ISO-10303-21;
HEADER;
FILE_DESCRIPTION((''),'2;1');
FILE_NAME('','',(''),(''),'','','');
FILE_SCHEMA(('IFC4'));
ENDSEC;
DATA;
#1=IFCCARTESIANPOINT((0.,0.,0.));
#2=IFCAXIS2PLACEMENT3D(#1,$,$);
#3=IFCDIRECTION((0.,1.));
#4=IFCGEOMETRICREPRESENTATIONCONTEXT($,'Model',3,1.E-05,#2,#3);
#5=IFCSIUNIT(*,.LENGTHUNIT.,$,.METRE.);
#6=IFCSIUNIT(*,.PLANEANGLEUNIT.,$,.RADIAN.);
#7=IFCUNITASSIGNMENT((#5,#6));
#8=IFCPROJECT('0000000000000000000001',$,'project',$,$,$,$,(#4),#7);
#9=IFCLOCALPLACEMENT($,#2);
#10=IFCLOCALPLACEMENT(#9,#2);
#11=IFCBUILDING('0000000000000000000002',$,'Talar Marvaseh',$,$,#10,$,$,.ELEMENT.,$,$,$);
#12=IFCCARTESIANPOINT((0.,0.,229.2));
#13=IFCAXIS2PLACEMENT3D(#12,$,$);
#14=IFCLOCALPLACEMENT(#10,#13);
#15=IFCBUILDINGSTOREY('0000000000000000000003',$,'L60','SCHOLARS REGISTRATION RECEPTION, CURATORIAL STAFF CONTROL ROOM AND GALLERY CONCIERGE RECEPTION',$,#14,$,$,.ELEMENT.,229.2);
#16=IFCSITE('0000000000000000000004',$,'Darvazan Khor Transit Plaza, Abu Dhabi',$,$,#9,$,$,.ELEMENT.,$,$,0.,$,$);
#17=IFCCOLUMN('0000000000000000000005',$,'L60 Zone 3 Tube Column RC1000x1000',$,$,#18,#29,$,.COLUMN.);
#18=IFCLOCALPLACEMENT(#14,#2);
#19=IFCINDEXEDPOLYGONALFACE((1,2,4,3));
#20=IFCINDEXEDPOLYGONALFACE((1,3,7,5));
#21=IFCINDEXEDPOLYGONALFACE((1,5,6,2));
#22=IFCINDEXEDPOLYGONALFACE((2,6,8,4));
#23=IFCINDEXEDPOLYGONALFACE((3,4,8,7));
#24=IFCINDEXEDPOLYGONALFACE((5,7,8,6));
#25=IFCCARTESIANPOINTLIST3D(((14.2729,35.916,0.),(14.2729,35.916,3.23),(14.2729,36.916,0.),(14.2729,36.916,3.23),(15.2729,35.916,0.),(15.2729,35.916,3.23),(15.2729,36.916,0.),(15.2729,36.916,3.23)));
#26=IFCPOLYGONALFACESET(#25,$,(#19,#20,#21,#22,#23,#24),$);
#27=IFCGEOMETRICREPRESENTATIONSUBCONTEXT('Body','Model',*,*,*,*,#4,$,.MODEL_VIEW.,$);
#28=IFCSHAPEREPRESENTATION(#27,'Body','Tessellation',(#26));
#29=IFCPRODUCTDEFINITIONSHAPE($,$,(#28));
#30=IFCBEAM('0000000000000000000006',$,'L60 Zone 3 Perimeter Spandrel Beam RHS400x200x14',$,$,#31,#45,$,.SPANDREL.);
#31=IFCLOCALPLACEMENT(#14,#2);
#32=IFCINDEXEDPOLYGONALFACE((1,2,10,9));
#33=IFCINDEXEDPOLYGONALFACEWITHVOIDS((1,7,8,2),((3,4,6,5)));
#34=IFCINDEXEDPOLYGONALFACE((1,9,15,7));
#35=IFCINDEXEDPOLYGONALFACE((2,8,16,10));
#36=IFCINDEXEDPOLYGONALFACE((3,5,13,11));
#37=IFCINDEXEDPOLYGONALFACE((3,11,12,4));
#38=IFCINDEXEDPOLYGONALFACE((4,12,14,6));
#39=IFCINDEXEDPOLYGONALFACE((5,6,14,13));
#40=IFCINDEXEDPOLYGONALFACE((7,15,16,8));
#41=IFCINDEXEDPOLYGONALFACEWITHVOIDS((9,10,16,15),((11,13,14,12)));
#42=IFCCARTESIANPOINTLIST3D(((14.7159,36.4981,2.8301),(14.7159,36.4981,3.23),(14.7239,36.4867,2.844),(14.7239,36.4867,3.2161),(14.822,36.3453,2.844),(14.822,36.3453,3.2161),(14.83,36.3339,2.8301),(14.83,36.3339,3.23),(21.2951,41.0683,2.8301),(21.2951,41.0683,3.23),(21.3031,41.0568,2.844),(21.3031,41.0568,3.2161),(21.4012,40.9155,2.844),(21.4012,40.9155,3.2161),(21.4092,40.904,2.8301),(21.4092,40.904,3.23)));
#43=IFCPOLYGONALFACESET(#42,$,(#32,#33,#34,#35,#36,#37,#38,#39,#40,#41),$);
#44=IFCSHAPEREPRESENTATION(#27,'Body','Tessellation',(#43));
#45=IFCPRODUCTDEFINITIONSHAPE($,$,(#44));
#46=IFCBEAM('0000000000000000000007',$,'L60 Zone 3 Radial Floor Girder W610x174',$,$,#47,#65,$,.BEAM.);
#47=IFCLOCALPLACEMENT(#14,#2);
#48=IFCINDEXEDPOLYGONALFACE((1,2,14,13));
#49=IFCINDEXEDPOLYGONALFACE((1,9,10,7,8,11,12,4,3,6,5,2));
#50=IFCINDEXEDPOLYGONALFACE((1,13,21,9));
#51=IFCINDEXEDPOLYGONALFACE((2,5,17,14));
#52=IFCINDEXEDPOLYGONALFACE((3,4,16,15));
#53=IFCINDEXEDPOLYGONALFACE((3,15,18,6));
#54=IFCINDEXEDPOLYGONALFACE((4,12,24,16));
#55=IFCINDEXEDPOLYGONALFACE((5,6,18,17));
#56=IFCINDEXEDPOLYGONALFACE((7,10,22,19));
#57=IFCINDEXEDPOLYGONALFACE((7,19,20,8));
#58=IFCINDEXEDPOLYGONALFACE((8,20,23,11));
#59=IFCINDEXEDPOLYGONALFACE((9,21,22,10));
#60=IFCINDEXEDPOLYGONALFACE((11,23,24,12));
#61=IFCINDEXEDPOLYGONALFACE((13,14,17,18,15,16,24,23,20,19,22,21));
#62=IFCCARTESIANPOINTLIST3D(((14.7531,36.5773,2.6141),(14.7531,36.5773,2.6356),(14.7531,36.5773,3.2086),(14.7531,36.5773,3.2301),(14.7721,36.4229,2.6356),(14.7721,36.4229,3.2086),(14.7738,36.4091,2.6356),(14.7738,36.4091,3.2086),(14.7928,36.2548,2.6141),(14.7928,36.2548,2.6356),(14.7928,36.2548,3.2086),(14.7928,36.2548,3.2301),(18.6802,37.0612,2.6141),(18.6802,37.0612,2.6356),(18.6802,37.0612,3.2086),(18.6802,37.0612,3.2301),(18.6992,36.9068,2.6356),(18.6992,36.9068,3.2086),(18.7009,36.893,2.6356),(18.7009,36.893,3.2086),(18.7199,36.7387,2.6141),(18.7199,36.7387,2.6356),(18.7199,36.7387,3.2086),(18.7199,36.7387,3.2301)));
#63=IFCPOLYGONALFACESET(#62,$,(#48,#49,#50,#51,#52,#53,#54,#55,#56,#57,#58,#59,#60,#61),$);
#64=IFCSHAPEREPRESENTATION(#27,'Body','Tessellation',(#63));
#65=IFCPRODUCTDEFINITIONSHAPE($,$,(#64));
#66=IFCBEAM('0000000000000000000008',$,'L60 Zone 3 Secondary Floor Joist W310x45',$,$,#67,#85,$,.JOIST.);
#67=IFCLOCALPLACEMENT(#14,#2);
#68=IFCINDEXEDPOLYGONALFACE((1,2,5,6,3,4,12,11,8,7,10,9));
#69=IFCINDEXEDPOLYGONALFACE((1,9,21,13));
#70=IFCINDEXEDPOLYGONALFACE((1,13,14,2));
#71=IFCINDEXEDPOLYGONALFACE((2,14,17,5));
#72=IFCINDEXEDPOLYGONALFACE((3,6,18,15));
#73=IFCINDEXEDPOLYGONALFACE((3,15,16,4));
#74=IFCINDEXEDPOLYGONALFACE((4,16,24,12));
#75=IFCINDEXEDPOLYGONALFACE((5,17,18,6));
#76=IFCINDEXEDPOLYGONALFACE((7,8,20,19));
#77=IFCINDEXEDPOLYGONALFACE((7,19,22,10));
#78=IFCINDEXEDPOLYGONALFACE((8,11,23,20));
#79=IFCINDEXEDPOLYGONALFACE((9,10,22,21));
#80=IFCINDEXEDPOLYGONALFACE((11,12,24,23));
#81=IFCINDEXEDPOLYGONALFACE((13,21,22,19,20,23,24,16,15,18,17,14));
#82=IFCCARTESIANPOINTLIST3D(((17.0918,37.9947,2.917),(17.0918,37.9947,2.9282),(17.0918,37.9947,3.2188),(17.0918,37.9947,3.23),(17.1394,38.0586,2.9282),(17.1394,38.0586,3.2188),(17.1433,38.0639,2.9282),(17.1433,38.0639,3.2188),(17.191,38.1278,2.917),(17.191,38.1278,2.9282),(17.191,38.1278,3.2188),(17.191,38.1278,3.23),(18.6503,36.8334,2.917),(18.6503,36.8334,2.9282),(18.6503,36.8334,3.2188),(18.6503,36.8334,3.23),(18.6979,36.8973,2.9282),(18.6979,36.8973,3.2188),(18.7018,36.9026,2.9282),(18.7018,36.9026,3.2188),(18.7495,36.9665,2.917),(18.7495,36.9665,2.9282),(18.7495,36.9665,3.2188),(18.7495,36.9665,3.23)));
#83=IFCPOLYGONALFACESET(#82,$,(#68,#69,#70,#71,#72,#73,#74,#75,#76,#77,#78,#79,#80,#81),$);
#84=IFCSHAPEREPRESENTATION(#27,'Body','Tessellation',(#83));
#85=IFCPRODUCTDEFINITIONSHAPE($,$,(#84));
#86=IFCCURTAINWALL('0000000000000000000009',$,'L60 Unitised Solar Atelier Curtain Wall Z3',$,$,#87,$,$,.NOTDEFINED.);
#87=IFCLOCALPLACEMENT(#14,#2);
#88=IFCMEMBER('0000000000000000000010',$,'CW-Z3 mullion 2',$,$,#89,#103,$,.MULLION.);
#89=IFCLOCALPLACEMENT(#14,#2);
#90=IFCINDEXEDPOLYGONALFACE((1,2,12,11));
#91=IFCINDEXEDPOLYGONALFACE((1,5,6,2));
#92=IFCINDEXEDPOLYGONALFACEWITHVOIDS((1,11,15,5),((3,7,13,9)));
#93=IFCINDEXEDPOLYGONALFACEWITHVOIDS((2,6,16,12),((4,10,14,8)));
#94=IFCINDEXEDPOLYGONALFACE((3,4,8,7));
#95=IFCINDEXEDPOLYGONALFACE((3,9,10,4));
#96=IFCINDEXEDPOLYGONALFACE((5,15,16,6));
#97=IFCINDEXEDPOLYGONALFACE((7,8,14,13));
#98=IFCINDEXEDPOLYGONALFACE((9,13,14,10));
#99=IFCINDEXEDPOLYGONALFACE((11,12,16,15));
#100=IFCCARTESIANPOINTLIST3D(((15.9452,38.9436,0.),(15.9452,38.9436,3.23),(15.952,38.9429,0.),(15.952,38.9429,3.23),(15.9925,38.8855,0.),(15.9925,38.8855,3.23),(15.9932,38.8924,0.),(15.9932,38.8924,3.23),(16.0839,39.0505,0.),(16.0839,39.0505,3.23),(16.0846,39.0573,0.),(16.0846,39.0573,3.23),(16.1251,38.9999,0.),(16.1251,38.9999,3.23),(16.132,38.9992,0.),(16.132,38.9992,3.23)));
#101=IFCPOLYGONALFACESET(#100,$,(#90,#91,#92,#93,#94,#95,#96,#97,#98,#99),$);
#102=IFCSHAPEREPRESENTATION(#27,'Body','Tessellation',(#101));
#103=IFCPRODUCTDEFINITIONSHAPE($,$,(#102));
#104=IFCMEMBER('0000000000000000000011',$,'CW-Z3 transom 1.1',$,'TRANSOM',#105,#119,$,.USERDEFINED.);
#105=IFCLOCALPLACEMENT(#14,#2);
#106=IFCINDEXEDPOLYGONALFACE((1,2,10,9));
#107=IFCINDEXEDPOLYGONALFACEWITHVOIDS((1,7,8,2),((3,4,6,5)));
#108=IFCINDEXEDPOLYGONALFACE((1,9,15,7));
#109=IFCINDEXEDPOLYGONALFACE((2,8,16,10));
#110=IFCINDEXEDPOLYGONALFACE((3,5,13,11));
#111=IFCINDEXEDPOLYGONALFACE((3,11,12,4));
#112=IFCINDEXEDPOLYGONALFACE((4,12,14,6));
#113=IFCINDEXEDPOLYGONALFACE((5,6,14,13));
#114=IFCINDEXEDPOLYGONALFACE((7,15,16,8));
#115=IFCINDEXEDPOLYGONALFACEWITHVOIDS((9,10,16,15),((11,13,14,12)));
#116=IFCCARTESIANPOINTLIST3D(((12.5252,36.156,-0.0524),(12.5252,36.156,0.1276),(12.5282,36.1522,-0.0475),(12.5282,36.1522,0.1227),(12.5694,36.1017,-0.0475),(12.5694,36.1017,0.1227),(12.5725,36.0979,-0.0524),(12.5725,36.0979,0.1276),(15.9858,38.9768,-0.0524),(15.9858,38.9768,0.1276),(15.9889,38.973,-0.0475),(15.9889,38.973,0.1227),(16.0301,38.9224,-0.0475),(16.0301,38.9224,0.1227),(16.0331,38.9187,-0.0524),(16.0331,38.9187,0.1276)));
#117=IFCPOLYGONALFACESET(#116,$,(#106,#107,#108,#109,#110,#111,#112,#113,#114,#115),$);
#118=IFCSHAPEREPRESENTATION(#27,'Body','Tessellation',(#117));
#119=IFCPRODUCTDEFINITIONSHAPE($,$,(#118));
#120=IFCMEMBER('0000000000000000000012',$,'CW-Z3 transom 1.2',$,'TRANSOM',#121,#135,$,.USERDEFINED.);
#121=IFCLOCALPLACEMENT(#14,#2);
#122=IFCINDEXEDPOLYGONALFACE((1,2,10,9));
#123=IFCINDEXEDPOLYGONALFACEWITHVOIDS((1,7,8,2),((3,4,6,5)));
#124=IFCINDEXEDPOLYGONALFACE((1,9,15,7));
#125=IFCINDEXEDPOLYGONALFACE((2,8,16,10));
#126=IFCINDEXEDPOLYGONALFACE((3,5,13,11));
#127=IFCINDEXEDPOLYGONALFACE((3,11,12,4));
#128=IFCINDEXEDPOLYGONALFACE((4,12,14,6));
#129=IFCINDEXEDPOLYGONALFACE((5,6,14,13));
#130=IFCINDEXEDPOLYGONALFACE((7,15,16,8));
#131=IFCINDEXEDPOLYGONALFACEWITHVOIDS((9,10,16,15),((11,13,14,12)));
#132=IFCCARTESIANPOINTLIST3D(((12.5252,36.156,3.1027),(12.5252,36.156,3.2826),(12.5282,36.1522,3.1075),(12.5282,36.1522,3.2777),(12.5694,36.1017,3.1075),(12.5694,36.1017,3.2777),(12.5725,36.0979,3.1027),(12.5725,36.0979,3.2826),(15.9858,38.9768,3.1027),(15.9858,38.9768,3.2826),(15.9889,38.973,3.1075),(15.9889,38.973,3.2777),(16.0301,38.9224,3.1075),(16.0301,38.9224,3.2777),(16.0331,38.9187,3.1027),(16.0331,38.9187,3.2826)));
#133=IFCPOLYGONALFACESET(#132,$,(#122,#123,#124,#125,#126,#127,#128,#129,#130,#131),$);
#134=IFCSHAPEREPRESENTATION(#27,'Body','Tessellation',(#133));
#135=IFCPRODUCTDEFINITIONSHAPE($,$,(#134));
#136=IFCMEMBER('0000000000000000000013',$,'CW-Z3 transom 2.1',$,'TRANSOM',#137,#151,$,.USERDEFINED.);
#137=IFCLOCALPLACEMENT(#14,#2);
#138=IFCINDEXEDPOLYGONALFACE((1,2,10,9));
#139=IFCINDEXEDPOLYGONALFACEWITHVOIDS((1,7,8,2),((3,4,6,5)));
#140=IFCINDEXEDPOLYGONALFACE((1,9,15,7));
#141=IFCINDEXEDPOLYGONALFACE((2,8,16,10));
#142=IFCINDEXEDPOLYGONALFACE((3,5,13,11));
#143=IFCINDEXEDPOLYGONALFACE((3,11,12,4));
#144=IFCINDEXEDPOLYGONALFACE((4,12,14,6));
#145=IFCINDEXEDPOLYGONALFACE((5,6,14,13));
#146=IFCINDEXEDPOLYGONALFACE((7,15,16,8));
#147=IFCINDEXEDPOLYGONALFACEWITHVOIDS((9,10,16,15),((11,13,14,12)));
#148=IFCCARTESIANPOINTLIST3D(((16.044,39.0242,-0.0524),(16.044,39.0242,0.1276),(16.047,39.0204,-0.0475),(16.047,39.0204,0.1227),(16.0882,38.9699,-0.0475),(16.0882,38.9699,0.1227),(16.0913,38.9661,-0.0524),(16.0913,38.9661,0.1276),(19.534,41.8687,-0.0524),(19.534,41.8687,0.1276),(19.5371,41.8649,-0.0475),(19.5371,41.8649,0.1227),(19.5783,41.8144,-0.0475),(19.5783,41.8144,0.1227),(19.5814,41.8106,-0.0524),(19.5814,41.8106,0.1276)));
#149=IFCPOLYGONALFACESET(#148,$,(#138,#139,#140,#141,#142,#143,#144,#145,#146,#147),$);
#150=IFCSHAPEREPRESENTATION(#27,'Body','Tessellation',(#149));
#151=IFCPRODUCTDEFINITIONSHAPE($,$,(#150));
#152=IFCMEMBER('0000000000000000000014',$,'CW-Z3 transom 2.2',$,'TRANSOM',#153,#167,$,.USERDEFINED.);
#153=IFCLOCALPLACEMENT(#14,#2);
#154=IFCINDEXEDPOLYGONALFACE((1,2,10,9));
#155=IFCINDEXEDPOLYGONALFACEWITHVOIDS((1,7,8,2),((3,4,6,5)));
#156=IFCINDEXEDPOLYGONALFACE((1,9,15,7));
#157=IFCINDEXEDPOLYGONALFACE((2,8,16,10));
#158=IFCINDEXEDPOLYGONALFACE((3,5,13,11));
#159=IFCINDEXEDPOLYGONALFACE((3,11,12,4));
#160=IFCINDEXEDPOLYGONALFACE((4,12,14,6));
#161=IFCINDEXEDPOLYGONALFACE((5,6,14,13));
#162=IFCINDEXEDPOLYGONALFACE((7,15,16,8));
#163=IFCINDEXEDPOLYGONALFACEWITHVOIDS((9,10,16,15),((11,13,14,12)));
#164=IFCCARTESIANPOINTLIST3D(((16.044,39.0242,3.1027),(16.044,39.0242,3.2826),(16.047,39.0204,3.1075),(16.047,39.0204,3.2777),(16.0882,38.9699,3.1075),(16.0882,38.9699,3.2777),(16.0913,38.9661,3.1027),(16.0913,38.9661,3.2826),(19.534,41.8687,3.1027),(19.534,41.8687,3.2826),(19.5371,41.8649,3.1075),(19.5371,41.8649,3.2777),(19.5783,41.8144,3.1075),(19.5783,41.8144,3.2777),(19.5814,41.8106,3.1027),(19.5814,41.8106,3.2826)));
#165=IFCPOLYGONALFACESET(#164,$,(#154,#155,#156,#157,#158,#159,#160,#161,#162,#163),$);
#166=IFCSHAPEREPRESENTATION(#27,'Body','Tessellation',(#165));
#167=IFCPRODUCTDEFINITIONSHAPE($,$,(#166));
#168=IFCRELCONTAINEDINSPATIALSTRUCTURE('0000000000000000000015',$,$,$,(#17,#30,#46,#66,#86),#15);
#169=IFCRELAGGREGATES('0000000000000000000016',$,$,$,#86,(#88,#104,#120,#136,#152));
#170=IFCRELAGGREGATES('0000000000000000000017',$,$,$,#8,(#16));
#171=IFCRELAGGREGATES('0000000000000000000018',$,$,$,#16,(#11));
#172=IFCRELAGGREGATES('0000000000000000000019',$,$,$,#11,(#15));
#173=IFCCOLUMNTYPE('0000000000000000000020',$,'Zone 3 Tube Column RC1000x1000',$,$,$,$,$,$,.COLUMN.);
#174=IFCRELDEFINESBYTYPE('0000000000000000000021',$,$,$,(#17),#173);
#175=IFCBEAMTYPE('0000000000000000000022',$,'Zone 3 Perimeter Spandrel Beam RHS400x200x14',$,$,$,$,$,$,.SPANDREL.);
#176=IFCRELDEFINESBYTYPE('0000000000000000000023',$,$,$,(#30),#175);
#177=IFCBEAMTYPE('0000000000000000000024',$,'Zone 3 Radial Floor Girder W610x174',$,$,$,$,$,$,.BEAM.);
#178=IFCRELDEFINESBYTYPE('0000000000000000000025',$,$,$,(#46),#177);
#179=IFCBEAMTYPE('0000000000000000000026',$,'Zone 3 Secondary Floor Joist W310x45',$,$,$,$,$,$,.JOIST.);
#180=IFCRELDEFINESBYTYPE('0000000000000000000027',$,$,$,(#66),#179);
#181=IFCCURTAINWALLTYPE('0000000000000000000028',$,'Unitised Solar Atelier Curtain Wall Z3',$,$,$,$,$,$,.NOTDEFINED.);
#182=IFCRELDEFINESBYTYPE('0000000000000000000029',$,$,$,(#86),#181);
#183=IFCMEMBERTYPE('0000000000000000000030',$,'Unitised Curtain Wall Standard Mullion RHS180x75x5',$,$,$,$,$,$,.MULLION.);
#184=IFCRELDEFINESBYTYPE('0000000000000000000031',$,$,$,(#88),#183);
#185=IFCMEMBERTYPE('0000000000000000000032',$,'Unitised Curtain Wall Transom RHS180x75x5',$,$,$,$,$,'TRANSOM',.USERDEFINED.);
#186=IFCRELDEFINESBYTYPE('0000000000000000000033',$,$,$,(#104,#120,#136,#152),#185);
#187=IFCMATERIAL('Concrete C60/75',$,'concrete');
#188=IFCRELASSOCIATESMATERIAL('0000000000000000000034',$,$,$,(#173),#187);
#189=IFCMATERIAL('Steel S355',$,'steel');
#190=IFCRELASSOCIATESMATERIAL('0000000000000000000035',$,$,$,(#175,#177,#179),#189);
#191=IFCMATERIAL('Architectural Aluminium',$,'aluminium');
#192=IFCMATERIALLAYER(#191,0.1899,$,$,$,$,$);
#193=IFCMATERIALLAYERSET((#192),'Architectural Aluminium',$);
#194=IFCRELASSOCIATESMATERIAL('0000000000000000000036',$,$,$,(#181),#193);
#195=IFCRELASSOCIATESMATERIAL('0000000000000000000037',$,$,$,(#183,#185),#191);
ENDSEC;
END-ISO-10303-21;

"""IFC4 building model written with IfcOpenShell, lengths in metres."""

from ifc_helpers import new_model, si_unit, direction, frame, origin, origin_2d, place, context, subcontext, project, spatial, rectangle, hollow_rectangle, i_section, extrude, source, transform, mapped, material, layer, layer_set, material_profile, profile_set, type_object, type_shapes, element, aggregate, save


model = new_model("IFC4")

# Units and contexts
model_context = context("Model", 3, precision=1e-05, world=origin(), true_north=direction((0.0, 1.0)))
body_context = subcontext(model_context, "Body", "Model", "MODEL_VIEW")
ifc_project = project(units=[si_unit("LENGTHUNIT", "METRE"), si_unit("PLANEANGLEUNIT", "RADIAN")], contexts=[model_context])

# Site, building, storey
site_placement = place(None, origin())
site = spatial("IfcSite", under=ifc_project, at=site_placement, Name="Darvazan Khor Transit Plaza, Abu Dhabi", CompositionType="ELEMENT", RefElevation=0.0)
building_placement = place(site_placement, origin())
building = spatial("IfcBuilding", under=site, at=building_placement, Name="Talar Marvaseh", CompositionType="ELEMENT")
storey_placement = place(building_placement, frame((0.0, 0.0, 229.2)))
storey = spatial("IfcBuildingStorey", under=building, at=storey_placement, Name="L60", Description="SCHOLARS REGISTRATION RECEPTION, CURATORIAL STAFF CONTROL ROOM AND GALLERY CONCIERGE RECEPTION", CompositionType="ELEMENT", Elevation=229.2)

# Column
ifc_material_1 = material(Name="Concrete C60/75", Category="concrete")
ifc_material_profile_1 = material_profile(ifc_material_1, rectangle(XDim=1.0, YDim=1.0, at=origin_2d()), Name="RC1000x1000")
ifc_profile_set_1 = profile_set([ifc_material_profile_1], Name="Concrete C60/75")
column_type = type_object("IfcColumnType", Name="Zone 3 Tube Column RC1000x1000", PredefinedType="COLUMN", material=ifc_profile_set_1)
column_placement = place(storey_placement, frame((14.7729, 36.416, 0.0), z_axis=(0.0, 0.0, 1.0), x_axis=(1.0, 0.0, 0.0)))
element("IfcColumn", 1, at=column_placement, inside=storey, type_object=column_type, Name="L60 Zone 3 Tube Column RC1000x1000", PredefinedType="COLUMN", context=body_context, shape_type="SweptSolid", body=[
    extrude(rectangle(XDim=1.0, YDim=1.0, at=origin_2d()), origin(), (0.0, 0.0, 1.0), 3.23),
])

# Beams
ifc_material_2 = material(Name="Steel S355", Category="steel")
ifc_material_profile_2 = material_profile(ifc_material_2, hollow_rectangle(XDim=0.2, YDim=0.3999, WallThickness=0.0139, at=origin_2d()), Name="RHS400x200x14")
ifc_profile_set_2 = profile_set([ifc_material_profile_2], Name="Steel S355")
beam_type_1 = type_object("IfcBeamType", Name="Zone 3 Perimeter Spandrel Beam RHS400x200x14", PredefinedType="SPANDREL", material=ifc_profile_set_2)
beam_1_placement = place(storey_placement, frame((14.7729, 36.416, 3.03), z_axis=(0.821297, 0.570501, 0.0), x_axis=(-0.570501, 0.821297, 0.0)))
element("IfcBeam", 2, at=beam_1_placement, inside=storey, type_object=beam_type_1, Name="L60 Zone 3 Perimeter Spandrel Beam RHS400x200x14", PredefinedType="SPANDREL", context=body_context, shape_type="SweptSolid", body=[
    extrude(hollow_rectangle(XDim=0.2, YDim=0.3999, WallThickness=0.0139, at=origin_2d()), origin(), (0.0, 0.0, 1.0), 8.0107),
])
ifc_material_profile_3 = material_profile(ifc_material_2, i_section(OverallWidth=0.325, OverallDepth=0.616, WebThickness=0.0139, FlangeThickness=0.0215, at=origin_2d()), Name="W610x174")
ifc_profile_set_3 = profile_set([ifc_material_profile_3], Name="Steel S355")
beam_type_2 = type_object("IfcBeamType", Name="Zone 3 Radial Floor Girder W610x174", PredefinedType="BEAM", material=ifc_profile_set_3)
beam_2_placement = place(storey_placement, frame((14.7729, 36.416, 2.9221), z_axis=(0.992494, 0.122295, 0.0), x_axis=(-0.122295, 0.992494, 0.0)))
element("IfcBeam", 3, at=beam_2_placement, inside=storey, type_object=beam_type_2, Name="L60 Zone 3 Radial Floor Girder W610x174", PredefinedType="BEAM", context=body_context, shape_type="SweptSolid", body=[
    extrude(i_section(OverallWidth=0.325, OverallDepth=0.616, WebThickness=0.0139, FlangeThickness=0.0215, at=origin_2d()), origin(), (0.0, 0.0, 1.0), 3.9568),
])
ifc_material_profile_4 = material_profile(ifc_material_2, i_section(OverallWidth=0.166, OverallDepth=0.313, WebThickness=0.0066, FlangeThickness=0.0112, at=origin_2d()), Name="W310x45")
ifc_profile_set_4 = profile_set([ifc_material_profile_4], Name="Steel S355")
beam_type_3 = type_object("IfcBeamType", Name="Zone 3 Secondary Floor Joist W310x45", PredefinedType="JOIST", material=ifc_profile_set_4)
beam_3_placement = place(storey_placement, frame((17.1414, 38.0613, 3.0735), z_axis=(0.801865, -0.597505, 0.0), x_axis=(0.597505, 0.801865, 0.0)))
element("IfcBeam", 4, at=beam_3_placement, inside=storey, type_object=beam_type_3, Name="L60 Zone 3 Secondary Floor Joist W310x45", PredefinedType="JOIST", context=body_context, shape_type="SweptSolid", body=[
    extrude(i_section(OverallWidth=0.166, OverallDepth=0.313, WebThickness=0.0066, FlangeThickness=0.0112, at=origin_2d()), origin(), (0.0, 0.0, 1.0), 1.9436),
])

# Curtain wall, members
ifc_material_3 = material(Name="Architectural Aluminium", Category="aluminium")
ifc_layer_1 = layer(ifc_material_3, 0.1899)
ifc_layer_set_1 = layer_set([ifc_layer_1], Name="Architectural Aluminium")
curtain_wall_type = type_object("IfcCurtainWallType", Name="Unitised Solar Atelier Curtain Wall Z3", PredefinedType="NOTDEFINED", material=ifc_layer_set_1)
curtain_wall_placement = place(storey_placement, origin())
curtain_wall = element("IfcCurtainWall", 5, at=curtain_wall_placement, inside=storey, type_object=curtain_wall_type, Name="L60 Unitised Solar Atelier Curtain Wall Z3", PredefinedType="NOTDEFINED")
ifc_material_profile_5 = material_profile(ifc_material_3, hollow_rectangle(XDim=0.075, YDim=0.1799, WallThickness=0.0049, at=origin_2d()), Name="RHS180x75x5")
ifc_profile_set_5 = profile_set([ifc_material_profile_5], Name="Architectural Aluminium")
member_type_1 = type_object("IfcMemberType", Name="Unitised Curtain Wall Standard Mullion RHS180x75x5", PredefinedType="MULLION", material=ifc_profile_set_5)
shared_shape_1 = source(origin(), body_context, "Body", "SweptSolid", [
    extrude(hollow_rectangle(XDim=0.075, YDim=0.1799, WallThickness=0.0049, at=origin_2d()), origin(), (0.0, 0.0, 1.0), 3.23),
])
type_shapes(member_type_1, [shared_shape_1])
member_1_placement = place(storey_placement, frame((16.0386, 38.9714, 0.0), z_axis=(0.0, 0.0, 1.0), x_axis=(-0.631784, 0.775145, 0.0)))
member_1 = element("IfcMember", 6, at=member_1_placement, type_object=member_type_1, Name="CW-Z3 mullion 2", PredefinedType="MULLION", context=body_context, shape_type="MappedRepresentation", body=[
    mapped(shared_shape_1, transform((0.0, 0.0, 0.0), x_axis=(1.0, 0.0, 0.0), y_axis=(0.0, 1.0, 0.0), z_axis=(0.0, 0.0, 1.0), scale=1.0)),
])
ifc_material_profile_6 = material_profile(ifc_material_3, hollow_rectangle(XDim=0.075, YDim=0.1799, WallThickness=0.0049, at=origin_2d()), Name="RHS180x75x5")
ifc_profile_set_6 = profile_set([ifc_material_profile_6], Name="Architectural Aluminium")
member_type_2 = type_object("IfcMemberType", Name="Unitised Curtain Wall Transom RHS180x75x5", ElementType="TRANSOM", PredefinedType="USERDEFINED", material=ifc_profile_set_6)
shared_shape_2 = source(origin(), body_context, "Body", "SweptSolid", [
    extrude(hollow_rectangle(XDim=0.075, YDim=0.1799, WallThickness=0.0049, at=origin_2d()), origin(), (0.0, 0.0, 1.0), 4.4646),
])
member_2_placement = place(storey_placement, frame((12.5488, 36.127, 0.0376), z_axis=(0.775128, 0.631804, 0.0), x_axis=(-0.631804, 0.775128, 0.0)))
member_2 = element("IfcMember", 7, at=member_2_placement, type_object=member_type_2, Name="CW-Z3 transom 1.1", ObjectType="TRANSOM", PredefinedType="USERDEFINED", context=body_context, shape_type="MappedRepresentation", body=[
    mapped(shared_shape_2, transform((0.0, 0.0, 0.0), x_axis=(1.0, 0.0, 0.0), y_axis=(0.0, 1.0, 0.0), z_axis=(0.0, 0.0, 1.0), scale=1.0)),
])
member_3_placement = place(storey_placement, frame((12.5488, 36.127, 3.1926), z_axis=(0.775128, 0.631804, 0.0), x_axis=(-0.631804, 0.775128, 0.0)))
member_3 = element("IfcMember", 8, at=member_3_placement, type_object=member_type_2, Name="CW-Z3 transom 1.2", ObjectType="TRANSOM", PredefinedType="USERDEFINED", context=body_context, shape_type="MappedRepresentation", body=[
    mapped(shared_shape_2, transform((0.0, 0.0, 0.0), x_axis=(1.0, 0.0, 0.0), y_axis=(0.0, 1.0, 0.0), z_axis=(0.0, 0.0, 1.0), scale=1.0)),
])
shared_shape_3 = source(origin(), body_context, "Body", "SweptSolid", [
    extrude(hollow_rectangle(XDim=0.075, YDim=0.1799, WallThickness=0.0049, at=origin_2d()), origin(), (0.0, 0.0, 1.0), 4.5024),
])
type_shapes(member_type_2, [shared_shape_2, shared_shape_3])
member_4_placement = place(storey_placement, frame((16.0676, 38.9951, 0.0376), z_axis=(0.775149, 0.631778, 0.0), x_axis=(-0.631778, 0.775149, 0.0)))
member_4 = element("IfcMember", 9, at=member_4_placement, type_object=member_type_2, Name="CW-Z3 transom 2.1", ObjectType="TRANSOM", PredefinedType="USERDEFINED", context=body_context, shape_type="MappedRepresentation", body=[
    mapped(shared_shape_3, transform((0.0, 0.0, 0.0), x_axis=(1.0, 0.0, 0.0), y_axis=(0.0, 1.0, 0.0), z_axis=(0.0, 0.0, 1.0), scale=1.0)),
])
member_5_placement = place(storey_placement, frame((16.0676, 38.9951, 3.1926), z_axis=(0.775149, 0.631778, 0.0), x_axis=(-0.631778, 0.775149, 0.0)))
member_5 = element("IfcMember", 10, at=member_5_placement, type_object=member_type_2, Name="CW-Z3 transom 2.2", ObjectType="TRANSOM", PredefinedType="USERDEFINED", context=body_context, shape_type="MappedRepresentation", body=[
    mapped(shared_shape_3, transform((0.0, 0.0, 0.0), x_axis=(1.0, 0.0, 0.0), y_axis=(0.0, 1.0, 0.0), z_axis=(0.0, 0.0, 1.0), scale=1.0)),
])
aggregate(curtain_wall, [member_1, member_2, member_3, member_4, member_5])

save(model, "model.ifc")
